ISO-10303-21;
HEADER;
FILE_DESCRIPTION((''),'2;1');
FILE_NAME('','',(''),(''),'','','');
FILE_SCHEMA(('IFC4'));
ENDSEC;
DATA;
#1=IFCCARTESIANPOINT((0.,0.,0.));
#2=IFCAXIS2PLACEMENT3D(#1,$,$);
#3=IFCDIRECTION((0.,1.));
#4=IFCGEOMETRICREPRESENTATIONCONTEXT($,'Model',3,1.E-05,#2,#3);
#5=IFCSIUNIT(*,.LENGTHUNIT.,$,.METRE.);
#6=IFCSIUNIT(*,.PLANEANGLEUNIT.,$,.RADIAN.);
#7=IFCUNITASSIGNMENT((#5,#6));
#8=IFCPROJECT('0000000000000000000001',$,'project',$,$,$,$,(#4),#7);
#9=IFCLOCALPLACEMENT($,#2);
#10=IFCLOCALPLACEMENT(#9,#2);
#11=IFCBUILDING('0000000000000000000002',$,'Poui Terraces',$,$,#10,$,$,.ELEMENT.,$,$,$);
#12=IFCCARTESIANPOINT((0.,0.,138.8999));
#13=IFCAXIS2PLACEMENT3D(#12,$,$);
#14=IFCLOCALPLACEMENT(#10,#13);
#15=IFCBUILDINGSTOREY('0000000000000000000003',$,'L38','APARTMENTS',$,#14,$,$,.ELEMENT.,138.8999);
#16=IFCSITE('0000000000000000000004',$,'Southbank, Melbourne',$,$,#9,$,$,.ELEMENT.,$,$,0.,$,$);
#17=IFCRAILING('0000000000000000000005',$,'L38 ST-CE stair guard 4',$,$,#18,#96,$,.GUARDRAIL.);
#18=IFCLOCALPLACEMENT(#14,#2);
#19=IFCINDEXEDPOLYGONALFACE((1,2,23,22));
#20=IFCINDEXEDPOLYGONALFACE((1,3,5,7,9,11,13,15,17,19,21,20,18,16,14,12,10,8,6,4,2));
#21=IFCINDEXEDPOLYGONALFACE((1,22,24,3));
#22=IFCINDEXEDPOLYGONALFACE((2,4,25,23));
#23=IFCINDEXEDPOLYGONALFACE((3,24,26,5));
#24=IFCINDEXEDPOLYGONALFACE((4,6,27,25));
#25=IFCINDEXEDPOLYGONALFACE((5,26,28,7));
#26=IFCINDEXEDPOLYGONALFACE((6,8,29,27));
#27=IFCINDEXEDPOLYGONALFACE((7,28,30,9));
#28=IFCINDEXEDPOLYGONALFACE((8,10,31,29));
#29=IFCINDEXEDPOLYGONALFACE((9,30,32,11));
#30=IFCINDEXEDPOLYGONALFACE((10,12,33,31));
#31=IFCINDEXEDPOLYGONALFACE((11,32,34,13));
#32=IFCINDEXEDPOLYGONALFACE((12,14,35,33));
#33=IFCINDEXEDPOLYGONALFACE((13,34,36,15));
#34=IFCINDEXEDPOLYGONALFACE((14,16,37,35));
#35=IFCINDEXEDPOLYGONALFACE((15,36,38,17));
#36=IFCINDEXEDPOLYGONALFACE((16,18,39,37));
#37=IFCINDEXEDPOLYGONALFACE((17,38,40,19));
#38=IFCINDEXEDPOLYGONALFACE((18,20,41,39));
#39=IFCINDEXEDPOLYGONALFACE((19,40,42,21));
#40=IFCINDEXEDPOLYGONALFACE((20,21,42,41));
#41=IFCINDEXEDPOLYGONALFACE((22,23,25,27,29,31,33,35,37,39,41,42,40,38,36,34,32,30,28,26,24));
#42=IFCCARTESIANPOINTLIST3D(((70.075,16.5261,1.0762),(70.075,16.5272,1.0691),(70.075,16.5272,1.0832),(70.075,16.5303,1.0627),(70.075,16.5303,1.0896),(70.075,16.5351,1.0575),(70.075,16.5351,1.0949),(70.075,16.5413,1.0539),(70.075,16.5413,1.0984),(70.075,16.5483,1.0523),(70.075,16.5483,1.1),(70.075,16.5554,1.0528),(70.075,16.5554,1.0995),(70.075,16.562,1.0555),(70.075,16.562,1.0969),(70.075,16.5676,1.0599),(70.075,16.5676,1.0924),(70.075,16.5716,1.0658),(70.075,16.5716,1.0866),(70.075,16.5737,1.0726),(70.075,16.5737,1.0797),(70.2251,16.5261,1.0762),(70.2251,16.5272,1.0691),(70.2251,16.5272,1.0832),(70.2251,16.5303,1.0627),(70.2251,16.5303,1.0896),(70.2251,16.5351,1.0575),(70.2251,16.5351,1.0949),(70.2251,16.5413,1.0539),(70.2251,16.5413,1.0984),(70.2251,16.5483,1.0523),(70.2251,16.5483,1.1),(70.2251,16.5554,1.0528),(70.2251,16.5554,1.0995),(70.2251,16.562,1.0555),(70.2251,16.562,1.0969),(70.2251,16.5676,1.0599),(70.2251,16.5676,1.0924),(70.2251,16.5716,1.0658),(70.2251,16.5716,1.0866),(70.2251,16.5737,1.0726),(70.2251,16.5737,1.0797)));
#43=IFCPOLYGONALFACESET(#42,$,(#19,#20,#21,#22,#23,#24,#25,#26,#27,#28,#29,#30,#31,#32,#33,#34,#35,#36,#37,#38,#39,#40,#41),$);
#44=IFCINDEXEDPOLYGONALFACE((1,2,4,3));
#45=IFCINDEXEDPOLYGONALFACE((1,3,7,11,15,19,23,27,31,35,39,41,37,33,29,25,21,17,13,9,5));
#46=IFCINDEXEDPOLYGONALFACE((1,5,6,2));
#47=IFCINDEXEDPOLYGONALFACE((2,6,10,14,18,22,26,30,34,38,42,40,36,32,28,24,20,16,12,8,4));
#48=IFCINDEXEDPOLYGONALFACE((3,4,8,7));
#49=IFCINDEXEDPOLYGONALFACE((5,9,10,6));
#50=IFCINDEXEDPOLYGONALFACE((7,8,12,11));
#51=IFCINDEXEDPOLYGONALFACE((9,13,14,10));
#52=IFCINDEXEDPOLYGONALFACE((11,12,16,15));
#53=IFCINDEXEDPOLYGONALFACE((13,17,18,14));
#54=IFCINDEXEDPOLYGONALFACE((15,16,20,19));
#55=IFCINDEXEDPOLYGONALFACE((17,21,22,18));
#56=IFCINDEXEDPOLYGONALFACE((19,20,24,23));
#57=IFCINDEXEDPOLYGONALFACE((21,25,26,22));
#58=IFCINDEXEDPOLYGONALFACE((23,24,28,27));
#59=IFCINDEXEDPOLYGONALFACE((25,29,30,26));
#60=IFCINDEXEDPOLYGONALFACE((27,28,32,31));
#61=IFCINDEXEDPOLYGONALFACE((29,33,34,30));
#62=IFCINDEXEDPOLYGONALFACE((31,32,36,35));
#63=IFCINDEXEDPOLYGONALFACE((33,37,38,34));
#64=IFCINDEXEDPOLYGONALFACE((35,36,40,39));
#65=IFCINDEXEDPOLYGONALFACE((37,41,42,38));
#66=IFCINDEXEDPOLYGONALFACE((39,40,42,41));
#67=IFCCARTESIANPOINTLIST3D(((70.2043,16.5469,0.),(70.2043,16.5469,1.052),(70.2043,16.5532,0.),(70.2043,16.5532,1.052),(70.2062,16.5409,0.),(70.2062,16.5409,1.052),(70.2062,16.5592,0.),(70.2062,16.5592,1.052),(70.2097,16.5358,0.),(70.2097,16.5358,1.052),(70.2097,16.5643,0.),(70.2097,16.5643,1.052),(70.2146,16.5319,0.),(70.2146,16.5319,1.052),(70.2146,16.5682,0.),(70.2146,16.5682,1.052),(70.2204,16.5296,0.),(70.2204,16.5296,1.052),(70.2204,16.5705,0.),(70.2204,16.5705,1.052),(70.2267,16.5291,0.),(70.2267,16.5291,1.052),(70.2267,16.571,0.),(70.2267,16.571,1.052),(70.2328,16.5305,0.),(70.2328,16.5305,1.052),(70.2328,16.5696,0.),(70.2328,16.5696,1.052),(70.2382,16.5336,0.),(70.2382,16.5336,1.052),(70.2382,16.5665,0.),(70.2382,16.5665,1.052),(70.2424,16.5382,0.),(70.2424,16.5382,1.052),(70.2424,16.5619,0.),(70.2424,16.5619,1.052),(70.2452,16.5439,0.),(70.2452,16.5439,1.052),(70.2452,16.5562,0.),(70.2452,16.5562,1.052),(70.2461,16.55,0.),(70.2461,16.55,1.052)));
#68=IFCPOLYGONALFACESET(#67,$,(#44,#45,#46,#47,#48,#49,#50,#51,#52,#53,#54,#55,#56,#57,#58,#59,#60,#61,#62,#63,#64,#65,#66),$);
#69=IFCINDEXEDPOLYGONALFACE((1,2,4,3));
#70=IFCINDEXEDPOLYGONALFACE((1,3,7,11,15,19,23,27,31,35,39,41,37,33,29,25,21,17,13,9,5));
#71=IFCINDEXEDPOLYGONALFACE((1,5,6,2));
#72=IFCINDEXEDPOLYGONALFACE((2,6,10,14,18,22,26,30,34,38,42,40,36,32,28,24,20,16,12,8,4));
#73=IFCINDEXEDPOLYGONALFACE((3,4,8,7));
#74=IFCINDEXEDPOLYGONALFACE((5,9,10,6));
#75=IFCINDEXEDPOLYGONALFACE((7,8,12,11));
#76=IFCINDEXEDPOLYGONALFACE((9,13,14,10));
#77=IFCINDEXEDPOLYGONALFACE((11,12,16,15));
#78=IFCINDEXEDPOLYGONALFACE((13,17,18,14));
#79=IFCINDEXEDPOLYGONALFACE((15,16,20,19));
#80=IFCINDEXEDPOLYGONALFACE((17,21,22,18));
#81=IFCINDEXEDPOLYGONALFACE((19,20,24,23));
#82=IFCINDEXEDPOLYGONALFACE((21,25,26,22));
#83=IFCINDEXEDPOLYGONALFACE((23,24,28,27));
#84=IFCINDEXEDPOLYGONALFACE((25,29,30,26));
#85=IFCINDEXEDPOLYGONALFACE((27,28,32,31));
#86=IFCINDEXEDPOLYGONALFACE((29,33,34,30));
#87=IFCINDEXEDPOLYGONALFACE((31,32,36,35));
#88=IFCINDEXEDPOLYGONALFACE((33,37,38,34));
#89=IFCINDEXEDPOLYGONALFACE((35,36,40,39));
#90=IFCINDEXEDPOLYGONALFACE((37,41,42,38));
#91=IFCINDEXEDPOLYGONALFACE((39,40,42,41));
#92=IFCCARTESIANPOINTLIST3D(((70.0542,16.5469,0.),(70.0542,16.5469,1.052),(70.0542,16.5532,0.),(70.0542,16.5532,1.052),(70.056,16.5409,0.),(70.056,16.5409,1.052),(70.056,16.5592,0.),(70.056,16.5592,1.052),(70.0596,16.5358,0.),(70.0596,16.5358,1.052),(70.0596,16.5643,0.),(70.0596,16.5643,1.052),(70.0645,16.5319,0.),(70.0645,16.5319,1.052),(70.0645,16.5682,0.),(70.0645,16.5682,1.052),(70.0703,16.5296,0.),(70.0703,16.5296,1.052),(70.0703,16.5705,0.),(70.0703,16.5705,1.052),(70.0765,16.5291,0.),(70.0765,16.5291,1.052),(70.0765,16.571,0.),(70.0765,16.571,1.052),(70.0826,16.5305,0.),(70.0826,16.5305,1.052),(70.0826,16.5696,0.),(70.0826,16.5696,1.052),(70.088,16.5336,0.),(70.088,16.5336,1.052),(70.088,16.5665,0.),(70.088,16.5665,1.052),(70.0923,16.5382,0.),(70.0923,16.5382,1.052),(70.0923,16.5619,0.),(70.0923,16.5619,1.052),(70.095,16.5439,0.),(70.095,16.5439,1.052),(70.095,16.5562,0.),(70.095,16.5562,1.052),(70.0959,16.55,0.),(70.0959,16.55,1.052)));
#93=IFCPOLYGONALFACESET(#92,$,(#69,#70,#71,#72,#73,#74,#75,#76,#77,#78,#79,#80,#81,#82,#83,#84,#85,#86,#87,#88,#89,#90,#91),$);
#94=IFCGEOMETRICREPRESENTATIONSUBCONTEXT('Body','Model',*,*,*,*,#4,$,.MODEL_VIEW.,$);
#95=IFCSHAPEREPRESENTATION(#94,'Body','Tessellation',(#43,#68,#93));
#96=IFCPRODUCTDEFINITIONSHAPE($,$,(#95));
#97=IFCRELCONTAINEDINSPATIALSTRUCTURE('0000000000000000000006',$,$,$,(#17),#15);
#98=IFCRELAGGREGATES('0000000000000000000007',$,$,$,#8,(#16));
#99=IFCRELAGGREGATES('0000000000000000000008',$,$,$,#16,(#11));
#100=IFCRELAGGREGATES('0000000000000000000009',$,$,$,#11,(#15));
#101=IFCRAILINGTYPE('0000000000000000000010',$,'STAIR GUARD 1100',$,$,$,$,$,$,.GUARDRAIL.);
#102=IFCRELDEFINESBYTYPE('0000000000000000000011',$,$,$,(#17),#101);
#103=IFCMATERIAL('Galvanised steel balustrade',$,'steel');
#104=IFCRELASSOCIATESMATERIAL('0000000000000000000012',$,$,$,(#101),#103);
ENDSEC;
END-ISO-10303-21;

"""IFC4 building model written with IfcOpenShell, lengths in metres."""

from ifc_helpers import new_model, si_unit, direction, frame, origin, origin_2d, place, context, subcontext, project, spatial, circle, extrude, material, type_object, element, save


model = new_model("IFC4")

# Units and contexts
model_context = context("Model", 3, precision=1e-05, world=origin(), true_north=direction((0.0, 1.0)))
body_context = subcontext(model_context, "Body", "Model", "MODEL_VIEW")
ifc_project = project(units=[si_unit("LENGTHUNIT", "METRE"), si_unit("PLANEANGLEUNIT", "RADIAN")], contexts=[model_context])

# Site, building, storey
site_placement = place(None, origin())
site = spatial("IfcSite", under=ifc_project, at=site_placement, Name="Southbank, Melbourne", CompositionType="ELEMENT", RefElevation=0.0)
building_placement = place(site_placement, origin())
building = spatial("IfcBuilding", under=site, at=building_placement, Name="Poui Terraces", CompositionType="ELEMENT")
storey_placement = place(building_placement, frame((0.0, 0.0, 138.8999)))
storey = spatial("IfcBuildingStorey", under=building, at=storey_placement, Name="L38", Description="APARTMENTS", CompositionType="ELEMENT", Elevation=138.8999)

# Railing
ifc_material_1 = material(Name="Galvanised steel balustrade", Category="steel")
railing_type_1 = type_object("IfcRailingType", Name="STAIR GUARD 1100", PredefinedType="GUARDRAIL", material=ifc_material_1)
railing_1_placement = place(storey_placement, frame((70.2251, 16.55, 0.0)))
element("IfcRailing", 1, at=railing_1_placement, inside=storey, type_object=railing_type_1, Name="L38 ST-CE stair guard 4", PredefinedType="GUARDRAIL", context=body_context, shape_type="SweptSolid", body=[
    extrude(circle(Radius=0.0239, at=origin_2d()), frame((0.0, 0.0, 1.0762), z_axis=(-1.0, 0.0, 0.0), x_axis=(0.0, -1.0, 0.0)), (0.0, 0.0, 1.0), 0.1501),
    extrude(circle(Radius=0.021, at=origin_2d()), origin(), (0.0, 0.0, 1.0), 1.052),
    extrude(circle(Radius=0.021, at=origin_2d()), frame((-0.1501, 0.0, 0.0)), (0.0, 0.0, 1.0), 1.052),
])

save(model, "model.ifc")
